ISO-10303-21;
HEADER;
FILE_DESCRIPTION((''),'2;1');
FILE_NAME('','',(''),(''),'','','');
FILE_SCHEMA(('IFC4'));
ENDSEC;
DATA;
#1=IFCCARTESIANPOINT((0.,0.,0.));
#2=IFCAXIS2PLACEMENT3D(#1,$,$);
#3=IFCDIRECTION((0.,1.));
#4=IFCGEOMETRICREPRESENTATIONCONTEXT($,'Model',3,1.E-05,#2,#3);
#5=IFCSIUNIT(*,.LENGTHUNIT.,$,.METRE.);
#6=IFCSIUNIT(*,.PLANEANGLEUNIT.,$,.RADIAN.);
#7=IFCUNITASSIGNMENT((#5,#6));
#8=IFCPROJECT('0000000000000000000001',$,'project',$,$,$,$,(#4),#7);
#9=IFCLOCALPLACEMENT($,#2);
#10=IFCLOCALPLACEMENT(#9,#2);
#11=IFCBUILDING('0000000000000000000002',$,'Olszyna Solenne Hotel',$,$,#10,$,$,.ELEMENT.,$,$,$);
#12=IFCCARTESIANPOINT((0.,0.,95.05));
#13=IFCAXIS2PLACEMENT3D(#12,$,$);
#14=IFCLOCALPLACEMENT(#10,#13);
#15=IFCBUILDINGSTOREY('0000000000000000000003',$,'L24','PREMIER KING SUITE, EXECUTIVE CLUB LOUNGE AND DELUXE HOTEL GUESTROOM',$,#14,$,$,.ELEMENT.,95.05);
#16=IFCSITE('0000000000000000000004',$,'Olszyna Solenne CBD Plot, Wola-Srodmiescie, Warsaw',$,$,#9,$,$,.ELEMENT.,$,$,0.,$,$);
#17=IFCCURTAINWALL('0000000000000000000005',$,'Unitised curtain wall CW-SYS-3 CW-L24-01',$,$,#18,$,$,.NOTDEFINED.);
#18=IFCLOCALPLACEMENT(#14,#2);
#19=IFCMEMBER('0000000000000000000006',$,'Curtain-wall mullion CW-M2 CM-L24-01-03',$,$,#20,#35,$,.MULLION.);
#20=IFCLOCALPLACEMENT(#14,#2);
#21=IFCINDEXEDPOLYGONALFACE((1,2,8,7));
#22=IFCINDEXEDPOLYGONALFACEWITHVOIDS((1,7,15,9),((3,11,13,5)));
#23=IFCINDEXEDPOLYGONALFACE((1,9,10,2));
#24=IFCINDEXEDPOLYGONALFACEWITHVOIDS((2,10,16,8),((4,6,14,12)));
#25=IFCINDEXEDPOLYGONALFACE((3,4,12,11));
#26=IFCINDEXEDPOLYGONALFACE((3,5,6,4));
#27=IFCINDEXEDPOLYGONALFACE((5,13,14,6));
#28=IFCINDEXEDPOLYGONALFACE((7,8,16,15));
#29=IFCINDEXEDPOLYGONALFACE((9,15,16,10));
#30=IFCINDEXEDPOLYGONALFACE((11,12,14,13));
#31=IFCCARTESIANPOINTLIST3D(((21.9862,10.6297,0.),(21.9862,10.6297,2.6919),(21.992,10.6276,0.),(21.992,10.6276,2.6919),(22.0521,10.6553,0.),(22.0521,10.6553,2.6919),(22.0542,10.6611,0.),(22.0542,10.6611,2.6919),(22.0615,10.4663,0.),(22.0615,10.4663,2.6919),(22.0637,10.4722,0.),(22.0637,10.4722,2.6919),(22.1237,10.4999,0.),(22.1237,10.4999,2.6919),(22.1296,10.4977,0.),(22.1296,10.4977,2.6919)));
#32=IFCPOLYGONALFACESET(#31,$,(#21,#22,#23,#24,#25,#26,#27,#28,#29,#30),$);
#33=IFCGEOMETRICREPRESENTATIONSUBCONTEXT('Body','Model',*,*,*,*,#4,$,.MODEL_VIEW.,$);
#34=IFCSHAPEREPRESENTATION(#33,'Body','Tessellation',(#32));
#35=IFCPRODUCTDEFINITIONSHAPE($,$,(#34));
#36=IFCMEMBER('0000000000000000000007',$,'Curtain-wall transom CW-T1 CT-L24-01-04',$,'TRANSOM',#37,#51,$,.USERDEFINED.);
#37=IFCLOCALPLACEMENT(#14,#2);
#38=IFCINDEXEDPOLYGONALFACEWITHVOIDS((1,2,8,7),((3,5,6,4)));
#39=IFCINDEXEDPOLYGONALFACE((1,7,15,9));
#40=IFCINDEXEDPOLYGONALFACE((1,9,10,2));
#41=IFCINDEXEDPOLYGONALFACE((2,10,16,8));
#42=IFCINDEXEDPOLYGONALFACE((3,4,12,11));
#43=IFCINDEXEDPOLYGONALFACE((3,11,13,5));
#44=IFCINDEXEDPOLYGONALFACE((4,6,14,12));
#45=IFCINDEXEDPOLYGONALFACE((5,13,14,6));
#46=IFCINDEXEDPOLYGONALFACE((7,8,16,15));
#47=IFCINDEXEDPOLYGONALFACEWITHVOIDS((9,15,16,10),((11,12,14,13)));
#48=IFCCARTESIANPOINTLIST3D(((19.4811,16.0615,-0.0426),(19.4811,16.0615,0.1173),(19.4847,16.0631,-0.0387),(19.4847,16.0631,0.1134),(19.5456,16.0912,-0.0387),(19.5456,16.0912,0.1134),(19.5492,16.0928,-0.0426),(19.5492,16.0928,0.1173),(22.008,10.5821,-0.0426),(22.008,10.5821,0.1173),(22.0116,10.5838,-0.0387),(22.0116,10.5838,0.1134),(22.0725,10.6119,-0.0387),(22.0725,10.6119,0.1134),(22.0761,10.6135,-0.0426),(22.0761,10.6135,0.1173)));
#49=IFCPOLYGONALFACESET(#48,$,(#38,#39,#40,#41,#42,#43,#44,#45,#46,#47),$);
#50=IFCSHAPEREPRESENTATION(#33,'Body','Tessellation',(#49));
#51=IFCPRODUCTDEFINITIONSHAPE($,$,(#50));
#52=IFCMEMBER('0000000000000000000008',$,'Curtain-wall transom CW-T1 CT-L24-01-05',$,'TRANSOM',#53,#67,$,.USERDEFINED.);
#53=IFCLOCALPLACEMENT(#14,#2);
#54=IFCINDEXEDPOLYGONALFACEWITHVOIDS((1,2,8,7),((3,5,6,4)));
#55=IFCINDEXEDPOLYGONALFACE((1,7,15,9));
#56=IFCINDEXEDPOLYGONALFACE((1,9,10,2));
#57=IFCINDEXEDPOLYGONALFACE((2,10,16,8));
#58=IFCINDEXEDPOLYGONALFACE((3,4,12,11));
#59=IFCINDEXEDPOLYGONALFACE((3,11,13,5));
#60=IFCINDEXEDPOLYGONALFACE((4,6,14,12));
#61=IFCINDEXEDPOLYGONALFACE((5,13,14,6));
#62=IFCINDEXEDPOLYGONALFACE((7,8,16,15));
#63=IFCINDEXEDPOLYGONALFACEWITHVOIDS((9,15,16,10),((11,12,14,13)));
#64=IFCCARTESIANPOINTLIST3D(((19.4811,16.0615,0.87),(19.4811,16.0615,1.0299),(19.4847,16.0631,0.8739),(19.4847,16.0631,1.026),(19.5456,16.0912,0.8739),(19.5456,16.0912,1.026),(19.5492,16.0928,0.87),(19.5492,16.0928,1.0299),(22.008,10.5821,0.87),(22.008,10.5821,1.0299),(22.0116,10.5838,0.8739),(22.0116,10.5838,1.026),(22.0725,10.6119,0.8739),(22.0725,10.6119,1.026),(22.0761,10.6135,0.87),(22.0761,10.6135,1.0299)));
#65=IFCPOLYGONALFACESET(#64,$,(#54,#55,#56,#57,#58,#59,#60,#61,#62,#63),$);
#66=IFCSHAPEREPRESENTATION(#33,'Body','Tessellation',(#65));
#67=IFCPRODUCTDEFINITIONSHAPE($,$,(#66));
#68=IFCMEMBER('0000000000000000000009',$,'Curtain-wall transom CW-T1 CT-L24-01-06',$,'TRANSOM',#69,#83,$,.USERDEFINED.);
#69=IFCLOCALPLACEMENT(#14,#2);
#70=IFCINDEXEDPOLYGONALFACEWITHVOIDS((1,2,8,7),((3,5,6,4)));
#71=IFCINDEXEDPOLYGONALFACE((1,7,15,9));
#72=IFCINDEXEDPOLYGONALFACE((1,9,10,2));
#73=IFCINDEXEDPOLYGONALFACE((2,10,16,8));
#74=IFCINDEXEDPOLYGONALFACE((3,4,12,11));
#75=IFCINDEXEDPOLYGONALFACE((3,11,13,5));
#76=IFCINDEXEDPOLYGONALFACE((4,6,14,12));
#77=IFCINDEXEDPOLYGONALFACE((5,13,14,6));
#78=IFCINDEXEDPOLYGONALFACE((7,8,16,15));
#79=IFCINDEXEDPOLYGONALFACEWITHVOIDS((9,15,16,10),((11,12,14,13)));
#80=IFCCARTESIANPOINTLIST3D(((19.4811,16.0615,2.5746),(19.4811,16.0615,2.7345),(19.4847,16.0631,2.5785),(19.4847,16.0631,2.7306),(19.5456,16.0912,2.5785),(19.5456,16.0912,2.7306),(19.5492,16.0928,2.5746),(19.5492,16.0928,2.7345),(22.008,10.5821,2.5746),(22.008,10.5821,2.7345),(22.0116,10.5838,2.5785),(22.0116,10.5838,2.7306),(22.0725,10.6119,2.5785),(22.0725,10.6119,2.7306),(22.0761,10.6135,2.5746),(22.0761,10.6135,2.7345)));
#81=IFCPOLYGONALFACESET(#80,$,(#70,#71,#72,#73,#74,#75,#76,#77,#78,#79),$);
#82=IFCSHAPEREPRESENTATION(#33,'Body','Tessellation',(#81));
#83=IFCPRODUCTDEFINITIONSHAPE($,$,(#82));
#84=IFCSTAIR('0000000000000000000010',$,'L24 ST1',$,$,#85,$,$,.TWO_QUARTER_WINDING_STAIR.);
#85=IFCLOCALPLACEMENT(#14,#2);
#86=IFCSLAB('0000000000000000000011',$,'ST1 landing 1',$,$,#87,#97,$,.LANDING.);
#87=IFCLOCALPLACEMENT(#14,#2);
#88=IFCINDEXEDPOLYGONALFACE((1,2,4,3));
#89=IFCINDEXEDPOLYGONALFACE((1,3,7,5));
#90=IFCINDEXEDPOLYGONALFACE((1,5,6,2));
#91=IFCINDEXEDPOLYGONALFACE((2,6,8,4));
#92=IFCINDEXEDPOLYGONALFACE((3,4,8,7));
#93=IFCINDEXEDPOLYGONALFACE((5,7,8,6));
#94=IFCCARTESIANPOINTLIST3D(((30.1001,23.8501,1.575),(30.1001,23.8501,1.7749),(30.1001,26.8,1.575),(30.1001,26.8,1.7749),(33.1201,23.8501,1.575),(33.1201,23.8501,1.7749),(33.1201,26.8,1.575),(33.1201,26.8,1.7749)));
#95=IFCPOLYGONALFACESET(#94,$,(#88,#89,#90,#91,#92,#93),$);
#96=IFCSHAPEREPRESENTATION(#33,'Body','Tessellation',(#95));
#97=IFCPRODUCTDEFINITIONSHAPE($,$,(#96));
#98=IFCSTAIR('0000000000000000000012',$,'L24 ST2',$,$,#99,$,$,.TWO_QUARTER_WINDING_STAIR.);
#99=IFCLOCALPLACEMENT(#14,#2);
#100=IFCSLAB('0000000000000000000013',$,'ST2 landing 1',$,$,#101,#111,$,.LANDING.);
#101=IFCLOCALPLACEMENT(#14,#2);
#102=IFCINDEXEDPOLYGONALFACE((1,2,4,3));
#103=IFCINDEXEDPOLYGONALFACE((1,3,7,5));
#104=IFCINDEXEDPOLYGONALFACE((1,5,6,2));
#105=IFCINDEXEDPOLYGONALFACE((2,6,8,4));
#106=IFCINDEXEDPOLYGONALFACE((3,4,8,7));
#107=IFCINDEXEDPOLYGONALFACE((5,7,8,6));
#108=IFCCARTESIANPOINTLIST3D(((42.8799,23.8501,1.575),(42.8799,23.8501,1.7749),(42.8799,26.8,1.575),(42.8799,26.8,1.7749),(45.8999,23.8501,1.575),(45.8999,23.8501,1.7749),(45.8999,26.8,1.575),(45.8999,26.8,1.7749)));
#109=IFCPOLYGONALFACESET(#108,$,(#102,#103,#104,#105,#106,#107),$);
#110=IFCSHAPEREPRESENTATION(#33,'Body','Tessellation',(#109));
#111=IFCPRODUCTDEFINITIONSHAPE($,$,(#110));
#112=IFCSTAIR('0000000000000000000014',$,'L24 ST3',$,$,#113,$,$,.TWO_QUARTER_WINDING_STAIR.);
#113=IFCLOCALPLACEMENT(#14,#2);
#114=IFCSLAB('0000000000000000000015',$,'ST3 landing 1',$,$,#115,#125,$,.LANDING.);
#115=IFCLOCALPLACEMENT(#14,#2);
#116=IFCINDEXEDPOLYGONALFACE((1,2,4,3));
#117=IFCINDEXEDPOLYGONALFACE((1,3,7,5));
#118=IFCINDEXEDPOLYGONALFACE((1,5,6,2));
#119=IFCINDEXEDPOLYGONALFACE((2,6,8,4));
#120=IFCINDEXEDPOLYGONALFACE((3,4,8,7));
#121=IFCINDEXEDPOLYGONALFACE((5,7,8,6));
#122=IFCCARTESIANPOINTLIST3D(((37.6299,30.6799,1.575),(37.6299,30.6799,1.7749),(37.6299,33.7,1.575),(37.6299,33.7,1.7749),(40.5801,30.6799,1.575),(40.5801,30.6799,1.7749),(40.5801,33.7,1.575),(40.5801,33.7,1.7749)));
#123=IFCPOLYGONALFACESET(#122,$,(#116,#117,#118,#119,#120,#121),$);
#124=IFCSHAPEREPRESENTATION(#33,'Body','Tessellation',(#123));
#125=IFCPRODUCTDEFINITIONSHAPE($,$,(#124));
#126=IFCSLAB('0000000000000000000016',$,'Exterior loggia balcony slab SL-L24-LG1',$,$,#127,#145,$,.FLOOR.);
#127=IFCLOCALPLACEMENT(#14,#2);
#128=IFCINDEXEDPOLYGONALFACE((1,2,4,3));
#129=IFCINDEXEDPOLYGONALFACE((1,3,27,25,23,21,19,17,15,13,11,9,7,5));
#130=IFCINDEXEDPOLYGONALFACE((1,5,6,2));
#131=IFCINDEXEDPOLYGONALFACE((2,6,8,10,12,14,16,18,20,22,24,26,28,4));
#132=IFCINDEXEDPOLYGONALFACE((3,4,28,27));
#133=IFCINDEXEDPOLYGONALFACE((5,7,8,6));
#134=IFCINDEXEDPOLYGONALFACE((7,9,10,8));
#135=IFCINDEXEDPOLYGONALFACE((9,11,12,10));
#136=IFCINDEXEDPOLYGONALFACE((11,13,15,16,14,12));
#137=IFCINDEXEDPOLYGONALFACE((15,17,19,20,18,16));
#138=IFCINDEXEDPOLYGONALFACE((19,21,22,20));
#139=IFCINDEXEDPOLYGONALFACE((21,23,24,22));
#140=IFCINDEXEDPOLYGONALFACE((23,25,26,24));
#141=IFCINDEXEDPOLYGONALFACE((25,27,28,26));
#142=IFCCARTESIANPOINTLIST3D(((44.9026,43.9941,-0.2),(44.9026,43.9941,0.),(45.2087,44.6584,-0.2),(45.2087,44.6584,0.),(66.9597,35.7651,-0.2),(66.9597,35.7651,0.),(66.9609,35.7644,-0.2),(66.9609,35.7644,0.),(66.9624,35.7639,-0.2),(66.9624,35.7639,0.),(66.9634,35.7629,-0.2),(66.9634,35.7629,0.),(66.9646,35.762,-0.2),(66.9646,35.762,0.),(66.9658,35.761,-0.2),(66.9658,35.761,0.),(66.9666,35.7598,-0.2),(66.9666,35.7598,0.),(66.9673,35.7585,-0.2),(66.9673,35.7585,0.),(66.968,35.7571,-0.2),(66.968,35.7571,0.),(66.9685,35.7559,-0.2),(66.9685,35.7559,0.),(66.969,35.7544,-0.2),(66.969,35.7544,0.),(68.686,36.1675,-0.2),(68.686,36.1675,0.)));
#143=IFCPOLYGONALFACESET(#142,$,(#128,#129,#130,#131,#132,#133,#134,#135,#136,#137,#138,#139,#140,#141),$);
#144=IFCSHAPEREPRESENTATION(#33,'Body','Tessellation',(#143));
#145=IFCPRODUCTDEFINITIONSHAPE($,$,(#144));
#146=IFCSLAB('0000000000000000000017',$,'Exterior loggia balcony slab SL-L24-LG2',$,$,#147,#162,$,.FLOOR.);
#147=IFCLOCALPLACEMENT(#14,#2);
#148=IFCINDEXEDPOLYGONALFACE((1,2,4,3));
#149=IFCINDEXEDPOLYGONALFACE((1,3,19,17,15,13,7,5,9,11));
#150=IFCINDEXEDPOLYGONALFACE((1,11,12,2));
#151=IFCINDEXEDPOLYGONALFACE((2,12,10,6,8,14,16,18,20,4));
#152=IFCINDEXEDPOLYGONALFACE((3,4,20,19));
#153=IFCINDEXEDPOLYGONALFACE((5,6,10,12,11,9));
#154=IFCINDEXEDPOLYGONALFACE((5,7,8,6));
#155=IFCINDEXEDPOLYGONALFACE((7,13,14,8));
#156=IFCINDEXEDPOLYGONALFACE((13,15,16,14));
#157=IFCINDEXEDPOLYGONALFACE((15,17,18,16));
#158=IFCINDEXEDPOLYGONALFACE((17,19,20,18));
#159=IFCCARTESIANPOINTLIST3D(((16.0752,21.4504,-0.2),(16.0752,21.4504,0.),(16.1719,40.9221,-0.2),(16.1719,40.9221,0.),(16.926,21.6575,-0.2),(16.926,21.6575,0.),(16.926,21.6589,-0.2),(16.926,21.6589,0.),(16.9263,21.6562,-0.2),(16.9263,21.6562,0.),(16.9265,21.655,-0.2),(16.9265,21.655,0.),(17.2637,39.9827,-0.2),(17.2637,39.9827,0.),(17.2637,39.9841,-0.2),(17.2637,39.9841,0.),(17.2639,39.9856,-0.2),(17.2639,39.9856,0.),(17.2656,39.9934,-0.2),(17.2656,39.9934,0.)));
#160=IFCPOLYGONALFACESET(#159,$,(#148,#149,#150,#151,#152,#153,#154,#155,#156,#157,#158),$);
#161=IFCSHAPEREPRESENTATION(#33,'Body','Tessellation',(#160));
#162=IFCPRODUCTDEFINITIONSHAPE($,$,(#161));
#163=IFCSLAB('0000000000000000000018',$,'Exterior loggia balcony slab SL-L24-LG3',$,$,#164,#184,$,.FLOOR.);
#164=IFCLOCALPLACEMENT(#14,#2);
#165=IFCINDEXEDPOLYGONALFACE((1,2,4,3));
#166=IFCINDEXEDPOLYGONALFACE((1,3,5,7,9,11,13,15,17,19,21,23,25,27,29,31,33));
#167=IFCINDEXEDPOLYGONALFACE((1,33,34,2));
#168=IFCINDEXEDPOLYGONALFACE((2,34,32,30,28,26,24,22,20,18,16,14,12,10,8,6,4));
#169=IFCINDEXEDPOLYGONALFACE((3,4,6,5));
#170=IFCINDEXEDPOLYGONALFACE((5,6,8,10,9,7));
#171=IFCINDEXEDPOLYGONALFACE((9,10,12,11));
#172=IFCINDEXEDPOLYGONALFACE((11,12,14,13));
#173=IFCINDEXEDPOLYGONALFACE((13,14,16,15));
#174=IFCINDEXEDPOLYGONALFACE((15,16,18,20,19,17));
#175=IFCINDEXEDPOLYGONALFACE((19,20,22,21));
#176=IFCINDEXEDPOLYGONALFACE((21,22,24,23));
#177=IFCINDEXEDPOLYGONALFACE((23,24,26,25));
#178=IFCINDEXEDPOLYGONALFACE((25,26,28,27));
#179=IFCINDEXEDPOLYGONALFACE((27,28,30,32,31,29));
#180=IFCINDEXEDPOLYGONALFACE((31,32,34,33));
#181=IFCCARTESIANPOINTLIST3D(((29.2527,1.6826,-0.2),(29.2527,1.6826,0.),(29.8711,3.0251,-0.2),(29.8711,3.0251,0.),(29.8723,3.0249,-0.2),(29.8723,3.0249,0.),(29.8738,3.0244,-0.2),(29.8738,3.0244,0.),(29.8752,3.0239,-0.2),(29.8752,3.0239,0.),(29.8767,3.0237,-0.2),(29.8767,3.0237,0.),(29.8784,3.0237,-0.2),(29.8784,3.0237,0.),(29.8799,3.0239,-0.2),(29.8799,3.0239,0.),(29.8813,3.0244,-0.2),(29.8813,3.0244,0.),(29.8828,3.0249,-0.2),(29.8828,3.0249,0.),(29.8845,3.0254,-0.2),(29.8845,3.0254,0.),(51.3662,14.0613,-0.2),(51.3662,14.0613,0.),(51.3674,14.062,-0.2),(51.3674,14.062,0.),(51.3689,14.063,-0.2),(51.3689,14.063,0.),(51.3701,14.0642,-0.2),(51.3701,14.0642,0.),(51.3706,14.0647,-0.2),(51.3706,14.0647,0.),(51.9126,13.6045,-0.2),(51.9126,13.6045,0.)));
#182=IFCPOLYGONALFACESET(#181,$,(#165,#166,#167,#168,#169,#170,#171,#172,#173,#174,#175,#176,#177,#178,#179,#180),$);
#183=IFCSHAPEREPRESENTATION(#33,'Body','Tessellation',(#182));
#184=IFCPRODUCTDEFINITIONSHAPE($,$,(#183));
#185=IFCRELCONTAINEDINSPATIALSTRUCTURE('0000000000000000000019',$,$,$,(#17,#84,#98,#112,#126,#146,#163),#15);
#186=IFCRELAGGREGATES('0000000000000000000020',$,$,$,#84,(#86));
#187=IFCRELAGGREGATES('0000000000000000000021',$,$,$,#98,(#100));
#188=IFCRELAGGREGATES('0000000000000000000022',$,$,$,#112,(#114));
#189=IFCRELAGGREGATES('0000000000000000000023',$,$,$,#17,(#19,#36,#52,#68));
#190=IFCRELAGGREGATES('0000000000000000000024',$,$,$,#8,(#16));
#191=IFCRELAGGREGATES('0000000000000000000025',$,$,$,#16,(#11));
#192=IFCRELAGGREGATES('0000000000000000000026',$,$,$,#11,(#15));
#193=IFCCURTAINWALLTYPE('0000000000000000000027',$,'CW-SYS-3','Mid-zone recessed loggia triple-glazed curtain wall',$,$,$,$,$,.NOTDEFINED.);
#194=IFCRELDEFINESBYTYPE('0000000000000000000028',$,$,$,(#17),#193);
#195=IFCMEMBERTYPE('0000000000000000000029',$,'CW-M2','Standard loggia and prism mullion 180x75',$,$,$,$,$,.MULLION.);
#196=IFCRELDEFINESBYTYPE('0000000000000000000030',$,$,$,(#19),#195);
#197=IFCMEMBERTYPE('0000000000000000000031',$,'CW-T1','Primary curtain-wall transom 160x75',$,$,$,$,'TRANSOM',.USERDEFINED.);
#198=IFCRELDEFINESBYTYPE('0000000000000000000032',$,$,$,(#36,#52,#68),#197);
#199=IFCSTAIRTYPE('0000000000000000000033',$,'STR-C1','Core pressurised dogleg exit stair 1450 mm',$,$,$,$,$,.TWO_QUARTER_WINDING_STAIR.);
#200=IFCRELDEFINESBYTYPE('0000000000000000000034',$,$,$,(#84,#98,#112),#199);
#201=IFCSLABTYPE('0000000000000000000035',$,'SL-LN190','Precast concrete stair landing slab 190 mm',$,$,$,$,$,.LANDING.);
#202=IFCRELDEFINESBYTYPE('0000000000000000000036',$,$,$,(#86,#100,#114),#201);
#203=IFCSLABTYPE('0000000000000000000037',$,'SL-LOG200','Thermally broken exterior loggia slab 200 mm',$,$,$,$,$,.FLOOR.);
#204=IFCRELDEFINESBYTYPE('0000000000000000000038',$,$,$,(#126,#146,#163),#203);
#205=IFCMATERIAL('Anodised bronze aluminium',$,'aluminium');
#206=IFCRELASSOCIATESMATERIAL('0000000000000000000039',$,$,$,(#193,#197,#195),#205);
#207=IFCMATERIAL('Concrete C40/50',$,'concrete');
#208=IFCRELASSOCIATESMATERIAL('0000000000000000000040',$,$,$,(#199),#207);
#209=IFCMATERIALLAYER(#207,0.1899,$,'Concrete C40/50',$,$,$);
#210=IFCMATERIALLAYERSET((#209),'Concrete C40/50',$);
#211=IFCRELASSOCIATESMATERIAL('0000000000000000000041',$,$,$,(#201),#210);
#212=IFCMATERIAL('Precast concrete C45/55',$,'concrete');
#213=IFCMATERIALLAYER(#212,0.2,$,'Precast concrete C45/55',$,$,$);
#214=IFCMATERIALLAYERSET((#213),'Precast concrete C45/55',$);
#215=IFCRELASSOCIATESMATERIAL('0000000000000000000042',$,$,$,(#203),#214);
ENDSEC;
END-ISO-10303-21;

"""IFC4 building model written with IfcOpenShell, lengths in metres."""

from ifc_helpers import new_model, si_unit, direction, frame, origin, origin_2d, place, context, subcontext, project, spatial, polyline, hollow_rectangle, outline, extrude, source, transform, mapped, material, layer, layer_set, material_profile, profile_set, type_object, element, aggregate, save


model = new_model("IFC4")

# Units and contexts
model_context = context("Model", 3, precision=1e-05, world=origin(), true_north=direction((0.0, 1.0)))
body_context = subcontext(model_context, "Body", "Model", "MODEL_VIEW")
ifc_project = project(units=[si_unit("LENGTHUNIT", "METRE"), si_unit("PLANEANGLEUNIT", "RADIAN")], contexts=[model_context])

# Site, building, storey
site_placement = place(None, origin())
site = spatial("IfcSite", under=ifc_project, at=site_placement, Name="Olszyna Solenne CBD Plot, Wola-Srodmiescie, Warsaw", CompositionType="ELEMENT", RefElevation=0.0)
building_placement = place(site_placement, origin())
building = spatial("IfcBuilding", under=site, at=building_placement, Name="Olszyna Solenne Hotel", CompositionType="ELEMENT")
storey_placement = place(building_placement, frame((0.0, 0.0, 95.05)))
storey = spatial("IfcBuildingStorey", under=building, at=storey_placement, Name="L24", Description="PREMIER KING SUITE, EXECUTIVE CLUB LOUNGE AND DELUXE HOTEL GUESTROOM", CompositionType="ELEMENT", Elevation=95.05)

# Curtain wall, members
ifc_material_1 = material(Name="Anodised bronze aluminium", Category="aluminium")
curtain_wall_type = type_object("IfcCurtainWallType", Name="CW-SYS-3", Description="Mid-zone recessed loggia triple-glazed curtain wall", PredefinedType="NOTDEFINED", material=ifc_material_1)
curtain_wall_placement = place(storey_placement, origin())
curtain_wall = element("IfcCurtainWall", 1, at=curtain_wall_placement, inside=storey, type_object=curtain_wall_type, Name="Unitised curtain wall CW-SYS-3 CW-L24-01", PredefinedType="NOTDEFINED")
ifc_material_profile_1 = material_profile(ifc_material_1, hollow_rectangle(XDim=0.075, YDim=0.1599, WallThickness=0.0039, at=origin_2d()), Name="TRAN 160x75x4", Category="load-bearing")
ifc_profile_set_1 = profile_set([ifc_material_profile_1], Name="Anodised bronze aluminium")
member_type_1 = type_object("IfcMemberType", Name="CW-T1", Description="Primary curtain-wall transom 160x75", ElementType="TRANSOM", PredefinedType="USERDEFINED", material=ifc_profile_set_1)
ifc_material_profile_2 = material_profile(ifc_material_1, hollow_rectangle(XDim=0.075, YDim=0.1799, WallThickness=0.0044, at=origin_2d()), Name="MULL 180x75x4.5", Category="load-bearing")
ifc_profile_set_2 = profile_set([ifc_material_profile_2], Name="Anodised bronze aluminium")
member_type_2 = type_object("IfcMemberType", Name="CW-M2", Description="Standard loggia and prism mullion 180x75", PredefinedType="MULLION", material=ifc_profile_set_2)
shared_shape_1 = source(origin(), body_context, "Body", "SweptSolid", [
    extrude(hollow_rectangle(XDim=0.075, YDim=0.1799, WallThickness=0.0044, at=origin_2d()), origin(), (0.0, 0.0, 1.0), 2.6919),
])
member_1_placement = place(storey_placement, frame((22.0579, 10.5637, 0.0), z_axis=(0.0, 0.0, 1.0), x_axis=(0.908085, 0.418785, 0.0)))
member_1 = element("IfcMember", 2, at=member_1_placement, type_object=member_type_2, Name="Curtain-wall mullion CW-M2 CM-L24-01-03", PredefinedType="MULLION", context=body_context, shape_type="MappedRepresentation", body=[
    mapped(shared_shape_1, transform((0.0, 0.0, 0.0), x_axis=(1.0, 0.0, 0.0), y_axis=(0.0, 1.0, 0.0), z_axis=(0.0, 0.0, 1.0), scale=1.0)),
])
shared_shape_2 = source(origin(), body_context, "Body", "SweptSolid", [
    extrude(hollow_rectangle(XDim=0.075, YDim=0.1599, WallThickness=0.0039, at=origin_2d()), origin(), (0.0, 0.0, 1.0), 6.0339),
])
member_2_placement = place(storey_placement, frame((19.5151, 16.0771, 0.0374), z_axis=(0.418781, -0.908087, 0.0), x_axis=(0.908087, 0.418781, 0.0)))
member_2 = element("IfcMember", 3, at=member_2_placement, type_object=member_type_1, Name="Curtain-wall transom CW-T1 CT-L24-01-04", ObjectType="TRANSOM", PredefinedType="USERDEFINED", context=body_context, shape_type="MappedRepresentation", body=[
    mapped(shared_shape_2, transform((0.0, 0.0, 0.0), x_axis=(1.0, 0.0, 0.0), y_axis=(0.0, 1.0, 0.0), z_axis=(0.0, 0.0, 1.0), scale=1.0)),
])
member_3_placement = place(storey_placement, frame((19.5151, 16.0771, 0.95), z_axis=(0.418781, -0.908087, 0.0), x_axis=(0.908087, 0.418781, 0.0)))
member_3 = element("IfcMember", 4, at=member_3_placement, type_object=member_type_1, Name="Curtain-wall transom CW-T1 CT-L24-01-05", ObjectType="TRANSOM", PredefinedType="USERDEFINED", context=body_context, shape_type="MappedRepresentation", body=[
    mapped(shared_shape_2, transform((0.0, 0.0, 0.0), x_axis=(1.0, 0.0, 0.0), y_axis=(0.0, 1.0, 0.0), z_axis=(0.0, 0.0, 1.0), scale=1.0)),
])
member_4_placement = place(storey_placement, frame((19.5151, 16.0771, 2.6545), z_axis=(0.418781, -0.908087, 0.0), x_axis=(0.908087, 0.418781, 0.0)))
member_4 = element("IfcMember", 5, at=member_4_placement, type_object=member_type_1, Name="Curtain-wall transom CW-T1 CT-L24-01-06", ObjectType="TRANSOM", PredefinedType="USERDEFINED", context=body_context, shape_type="MappedRepresentation", body=[
    mapped(shared_shape_2, transform((0.0, 0.0, 0.0), x_axis=(1.0, 0.0, 0.0), y_axis=(0.0, 1.0, 0.0), z_axis=(0.0, 0.0, 1.0), scale=1.0)),
])

# Stairs, slabs
ifc_material_2 = material(Name="Concrete C40/50", Category="concrete")
stair_type = type_object("IfcStairType", Name="STR-C1", Description="Core pressurised dogleg exit stair 1450 mm", PredefinedType="TWO_QUARTER_WINDING_STAIR", material=ifc_material_2)
stair_1_placement = place(storey_placement, origin())
stair_1 = element("IfcStair", 6, at=stair_1_placement, inside=storey, type_object=stair_type, Name="L24 ST1", PredefinedType="TWO_QUARTER_WINDING_STAIR")
ifc_layer_1 = layer(ifc_material_2, 0.1899, Name="Concrete C40/50")
ifc_layer_set_1 = layer_set([ifc_layer_1], Name="Concrete C40/50")
slab_type_1 = type_object("IfcSlabType", Name="SL-LN190", Description="Precast concrete stair landing slab 190 mm", PredefinedType="LANDING", material=ifc_layer_set_1)
slab_1_placement = place(storey_placement, frame((0.0, 0.0, 1.575)))
slab_1 = element("IfcSlab", 7, at=slab_1_placement, type_object=slab_type_1, Name="ST1 landing 1", PredefinedType="LANDING", context=body_context, shape_type="SweptSolid", body=[
    extrude(outline(polyline([(33.1201, 23.8501), (33.1201, 26.8), (30.1001, 26.8), (30.1001, 23.8501), (33.1201, 23.8501)])), origin(), (0.0, 0.0, 1.0), 0.2),
])
aggregate(stair_1, [slab_1])
stair_2_placement = place(storey_placement, origin())
stair_2 = element("IfcStair", 8, at=stair_2_placement, inside=storey, type_object=stair_type, Name="L24 ST2", PredefinedType="TWO_QUARTER_WINDING_STAIR")
slab_2_placement = place(storey_placement, frame((0.0, 0.0, 1.575)))
slab_2 = element("IfcSlab", 9, at=slab_2_placement, type_object=slab_type_1, Name="ST2 landing 1", PredefinedType="LANDING", context=body_context, shape_type="SweptSolid", body=[
    extrude(outline(polyline([(45.8999, 23.8501), (45.8999, 26.8), (42.8799, 26.8), (42.8799, 23.8501), (45.8999, 23.8501)])), origin(), (0.0, 0.0, 1.0), 0.2),
])
aggregate(stair_2, [slab_2])
stair_3_placement = place(storey_placement, origin())
stair_3 = element("IfcStair", 10, at=stair_3_placement, inside=storey, type_object=stair_type, Name="L24 ST3", PredefinedType="TWO_QUARTER_WINDING_STAIR")
slab_3_placement = place(storey_placement, frame((0.0, 0.0, 1.575)))
slab_3 = element("IfcSlab", 11, at=slab_3_placement, type_object=slab_type_1, Name="ST3 landing 1", PredefinedType="LANDING", context=body_context, shape_type="SweptSolid", body=[
    extrude(outline(polyline([(37.6299, 30.6799), (40.5801, 30.6799), (40.5801, 33.7), (37.6299, 33.7), (37.6299, 30.6799)])), origin(), (0.0, 0.0, 1.0), 0.2),
])
aggregate(stair_3, [slab_3])

# Slabs
ifc_material_3 = material(Name="Precast concrete C45/55", Category="concrete")
ifc_layer_2 = layer(ifc_material_3, 0.2, Name="Precast concrete C45/55")
ifc_layer_set_2 = layer_set([ifc_layer_2], Name="Precast concrete C45/55")
slab_type_2 = type_object("IfcSlabType", Name="SL-LOG200", Description="Thermally broken exterior loggia slab 200 mm", PredefinedType="FLOOR", material=ifc_layer_set_2)
slab_4_placement = place(storey_placement, frame((0.0, 0.0, -0.2)))
element("IfcSlab", 12, at=slab_4_placement, inside=storey, type_object=slab_type_2, Name="Exterior loggia balcony slab SL-L24-LG1", PredefinedType="FLOOR", context=body_context, shape_type="SweptSolid", body=[
    extrude(outline(polyline([(44.9026, 43.9941), (66.9597, 35.7651), (66.9609, 35.7644), (66.9624, 35.7639), (66.9634, 35.7629), (66.9646, 35.762), (66.9658, 35.761), (66.9666, 35.7598), (66.9673, 35.7585), (66.968, 35.7571), (66.9685, 35.7559), (66.969, 35.7544), (68.686, 36.1675), (45.2087, 44.6584), (44.9026, 43.9941)])), origin(), (0.0, 0.0, 1.0), 0.2),
])
slab_5_placement = place(storey_placement, frame((0.0, 0.0, -0.2)))
element("IfcSlab", 13, at=slab_5_placement, inside=storey, type_object=slab_type_2, Name="Exterior loggia balcony slab SL-L24-LG2", PredefinedType="FLOOR", context=body_context, shape_type="SweptSolid", body=[
    extrude(outline(polyline([(16.9265, 21.655), (16.9263, 21.6562), (16.926, 21.6575), (16.926, 21.6589), (17.2637, 39.9827), (17.2637, 39.9841), (17.2639, 39.9856), (17.2656, 39.9934), (16.1719, 40.9221), (16.0752, 21.4504), (16.9265, 21.655)])), origin(), (0.0, 0.0, 1.0), 0.2),
])
slab_6_placement = place(storey_placement, frame((0.0, 0.0, -0.2)))
element("IfcSlab", 14, at=slab_6_placement, inside=storey, type_object=slab_type_2, Name="Exterior loggia balcony slab SL-L24-LG3", PredefinedType="FLOOR", context=body_context, shape_type="SweptSolid", body=[
    extrude(outline(polyline([(51.3706, 14.0647), (51.3701, 14.0642), (51.3689, 14.063), (51.3674, 14.062), (51.3662, 14.0613), (29.8845, 3.0254), (29.8828, 3.0249), (29.8813, 3.0244), (29.8799, 3.0239), (29.8784, 3.0237), (29.8767, 3.0237), (29.8752, 3.0239), (29.8738, 3.0244), (29.8723, 3.0249), (29.8711, 3.0251), (29.2527, 1.6826), (51.9126, 13.6045), (51.3706, 14.0647)])), origin(), (0.0, 0.0, 1.0), 0.2),
])

aggregate(curtain_wall, [member_1, member_2, member_3, member_4])

save(model, "model.ifc")
